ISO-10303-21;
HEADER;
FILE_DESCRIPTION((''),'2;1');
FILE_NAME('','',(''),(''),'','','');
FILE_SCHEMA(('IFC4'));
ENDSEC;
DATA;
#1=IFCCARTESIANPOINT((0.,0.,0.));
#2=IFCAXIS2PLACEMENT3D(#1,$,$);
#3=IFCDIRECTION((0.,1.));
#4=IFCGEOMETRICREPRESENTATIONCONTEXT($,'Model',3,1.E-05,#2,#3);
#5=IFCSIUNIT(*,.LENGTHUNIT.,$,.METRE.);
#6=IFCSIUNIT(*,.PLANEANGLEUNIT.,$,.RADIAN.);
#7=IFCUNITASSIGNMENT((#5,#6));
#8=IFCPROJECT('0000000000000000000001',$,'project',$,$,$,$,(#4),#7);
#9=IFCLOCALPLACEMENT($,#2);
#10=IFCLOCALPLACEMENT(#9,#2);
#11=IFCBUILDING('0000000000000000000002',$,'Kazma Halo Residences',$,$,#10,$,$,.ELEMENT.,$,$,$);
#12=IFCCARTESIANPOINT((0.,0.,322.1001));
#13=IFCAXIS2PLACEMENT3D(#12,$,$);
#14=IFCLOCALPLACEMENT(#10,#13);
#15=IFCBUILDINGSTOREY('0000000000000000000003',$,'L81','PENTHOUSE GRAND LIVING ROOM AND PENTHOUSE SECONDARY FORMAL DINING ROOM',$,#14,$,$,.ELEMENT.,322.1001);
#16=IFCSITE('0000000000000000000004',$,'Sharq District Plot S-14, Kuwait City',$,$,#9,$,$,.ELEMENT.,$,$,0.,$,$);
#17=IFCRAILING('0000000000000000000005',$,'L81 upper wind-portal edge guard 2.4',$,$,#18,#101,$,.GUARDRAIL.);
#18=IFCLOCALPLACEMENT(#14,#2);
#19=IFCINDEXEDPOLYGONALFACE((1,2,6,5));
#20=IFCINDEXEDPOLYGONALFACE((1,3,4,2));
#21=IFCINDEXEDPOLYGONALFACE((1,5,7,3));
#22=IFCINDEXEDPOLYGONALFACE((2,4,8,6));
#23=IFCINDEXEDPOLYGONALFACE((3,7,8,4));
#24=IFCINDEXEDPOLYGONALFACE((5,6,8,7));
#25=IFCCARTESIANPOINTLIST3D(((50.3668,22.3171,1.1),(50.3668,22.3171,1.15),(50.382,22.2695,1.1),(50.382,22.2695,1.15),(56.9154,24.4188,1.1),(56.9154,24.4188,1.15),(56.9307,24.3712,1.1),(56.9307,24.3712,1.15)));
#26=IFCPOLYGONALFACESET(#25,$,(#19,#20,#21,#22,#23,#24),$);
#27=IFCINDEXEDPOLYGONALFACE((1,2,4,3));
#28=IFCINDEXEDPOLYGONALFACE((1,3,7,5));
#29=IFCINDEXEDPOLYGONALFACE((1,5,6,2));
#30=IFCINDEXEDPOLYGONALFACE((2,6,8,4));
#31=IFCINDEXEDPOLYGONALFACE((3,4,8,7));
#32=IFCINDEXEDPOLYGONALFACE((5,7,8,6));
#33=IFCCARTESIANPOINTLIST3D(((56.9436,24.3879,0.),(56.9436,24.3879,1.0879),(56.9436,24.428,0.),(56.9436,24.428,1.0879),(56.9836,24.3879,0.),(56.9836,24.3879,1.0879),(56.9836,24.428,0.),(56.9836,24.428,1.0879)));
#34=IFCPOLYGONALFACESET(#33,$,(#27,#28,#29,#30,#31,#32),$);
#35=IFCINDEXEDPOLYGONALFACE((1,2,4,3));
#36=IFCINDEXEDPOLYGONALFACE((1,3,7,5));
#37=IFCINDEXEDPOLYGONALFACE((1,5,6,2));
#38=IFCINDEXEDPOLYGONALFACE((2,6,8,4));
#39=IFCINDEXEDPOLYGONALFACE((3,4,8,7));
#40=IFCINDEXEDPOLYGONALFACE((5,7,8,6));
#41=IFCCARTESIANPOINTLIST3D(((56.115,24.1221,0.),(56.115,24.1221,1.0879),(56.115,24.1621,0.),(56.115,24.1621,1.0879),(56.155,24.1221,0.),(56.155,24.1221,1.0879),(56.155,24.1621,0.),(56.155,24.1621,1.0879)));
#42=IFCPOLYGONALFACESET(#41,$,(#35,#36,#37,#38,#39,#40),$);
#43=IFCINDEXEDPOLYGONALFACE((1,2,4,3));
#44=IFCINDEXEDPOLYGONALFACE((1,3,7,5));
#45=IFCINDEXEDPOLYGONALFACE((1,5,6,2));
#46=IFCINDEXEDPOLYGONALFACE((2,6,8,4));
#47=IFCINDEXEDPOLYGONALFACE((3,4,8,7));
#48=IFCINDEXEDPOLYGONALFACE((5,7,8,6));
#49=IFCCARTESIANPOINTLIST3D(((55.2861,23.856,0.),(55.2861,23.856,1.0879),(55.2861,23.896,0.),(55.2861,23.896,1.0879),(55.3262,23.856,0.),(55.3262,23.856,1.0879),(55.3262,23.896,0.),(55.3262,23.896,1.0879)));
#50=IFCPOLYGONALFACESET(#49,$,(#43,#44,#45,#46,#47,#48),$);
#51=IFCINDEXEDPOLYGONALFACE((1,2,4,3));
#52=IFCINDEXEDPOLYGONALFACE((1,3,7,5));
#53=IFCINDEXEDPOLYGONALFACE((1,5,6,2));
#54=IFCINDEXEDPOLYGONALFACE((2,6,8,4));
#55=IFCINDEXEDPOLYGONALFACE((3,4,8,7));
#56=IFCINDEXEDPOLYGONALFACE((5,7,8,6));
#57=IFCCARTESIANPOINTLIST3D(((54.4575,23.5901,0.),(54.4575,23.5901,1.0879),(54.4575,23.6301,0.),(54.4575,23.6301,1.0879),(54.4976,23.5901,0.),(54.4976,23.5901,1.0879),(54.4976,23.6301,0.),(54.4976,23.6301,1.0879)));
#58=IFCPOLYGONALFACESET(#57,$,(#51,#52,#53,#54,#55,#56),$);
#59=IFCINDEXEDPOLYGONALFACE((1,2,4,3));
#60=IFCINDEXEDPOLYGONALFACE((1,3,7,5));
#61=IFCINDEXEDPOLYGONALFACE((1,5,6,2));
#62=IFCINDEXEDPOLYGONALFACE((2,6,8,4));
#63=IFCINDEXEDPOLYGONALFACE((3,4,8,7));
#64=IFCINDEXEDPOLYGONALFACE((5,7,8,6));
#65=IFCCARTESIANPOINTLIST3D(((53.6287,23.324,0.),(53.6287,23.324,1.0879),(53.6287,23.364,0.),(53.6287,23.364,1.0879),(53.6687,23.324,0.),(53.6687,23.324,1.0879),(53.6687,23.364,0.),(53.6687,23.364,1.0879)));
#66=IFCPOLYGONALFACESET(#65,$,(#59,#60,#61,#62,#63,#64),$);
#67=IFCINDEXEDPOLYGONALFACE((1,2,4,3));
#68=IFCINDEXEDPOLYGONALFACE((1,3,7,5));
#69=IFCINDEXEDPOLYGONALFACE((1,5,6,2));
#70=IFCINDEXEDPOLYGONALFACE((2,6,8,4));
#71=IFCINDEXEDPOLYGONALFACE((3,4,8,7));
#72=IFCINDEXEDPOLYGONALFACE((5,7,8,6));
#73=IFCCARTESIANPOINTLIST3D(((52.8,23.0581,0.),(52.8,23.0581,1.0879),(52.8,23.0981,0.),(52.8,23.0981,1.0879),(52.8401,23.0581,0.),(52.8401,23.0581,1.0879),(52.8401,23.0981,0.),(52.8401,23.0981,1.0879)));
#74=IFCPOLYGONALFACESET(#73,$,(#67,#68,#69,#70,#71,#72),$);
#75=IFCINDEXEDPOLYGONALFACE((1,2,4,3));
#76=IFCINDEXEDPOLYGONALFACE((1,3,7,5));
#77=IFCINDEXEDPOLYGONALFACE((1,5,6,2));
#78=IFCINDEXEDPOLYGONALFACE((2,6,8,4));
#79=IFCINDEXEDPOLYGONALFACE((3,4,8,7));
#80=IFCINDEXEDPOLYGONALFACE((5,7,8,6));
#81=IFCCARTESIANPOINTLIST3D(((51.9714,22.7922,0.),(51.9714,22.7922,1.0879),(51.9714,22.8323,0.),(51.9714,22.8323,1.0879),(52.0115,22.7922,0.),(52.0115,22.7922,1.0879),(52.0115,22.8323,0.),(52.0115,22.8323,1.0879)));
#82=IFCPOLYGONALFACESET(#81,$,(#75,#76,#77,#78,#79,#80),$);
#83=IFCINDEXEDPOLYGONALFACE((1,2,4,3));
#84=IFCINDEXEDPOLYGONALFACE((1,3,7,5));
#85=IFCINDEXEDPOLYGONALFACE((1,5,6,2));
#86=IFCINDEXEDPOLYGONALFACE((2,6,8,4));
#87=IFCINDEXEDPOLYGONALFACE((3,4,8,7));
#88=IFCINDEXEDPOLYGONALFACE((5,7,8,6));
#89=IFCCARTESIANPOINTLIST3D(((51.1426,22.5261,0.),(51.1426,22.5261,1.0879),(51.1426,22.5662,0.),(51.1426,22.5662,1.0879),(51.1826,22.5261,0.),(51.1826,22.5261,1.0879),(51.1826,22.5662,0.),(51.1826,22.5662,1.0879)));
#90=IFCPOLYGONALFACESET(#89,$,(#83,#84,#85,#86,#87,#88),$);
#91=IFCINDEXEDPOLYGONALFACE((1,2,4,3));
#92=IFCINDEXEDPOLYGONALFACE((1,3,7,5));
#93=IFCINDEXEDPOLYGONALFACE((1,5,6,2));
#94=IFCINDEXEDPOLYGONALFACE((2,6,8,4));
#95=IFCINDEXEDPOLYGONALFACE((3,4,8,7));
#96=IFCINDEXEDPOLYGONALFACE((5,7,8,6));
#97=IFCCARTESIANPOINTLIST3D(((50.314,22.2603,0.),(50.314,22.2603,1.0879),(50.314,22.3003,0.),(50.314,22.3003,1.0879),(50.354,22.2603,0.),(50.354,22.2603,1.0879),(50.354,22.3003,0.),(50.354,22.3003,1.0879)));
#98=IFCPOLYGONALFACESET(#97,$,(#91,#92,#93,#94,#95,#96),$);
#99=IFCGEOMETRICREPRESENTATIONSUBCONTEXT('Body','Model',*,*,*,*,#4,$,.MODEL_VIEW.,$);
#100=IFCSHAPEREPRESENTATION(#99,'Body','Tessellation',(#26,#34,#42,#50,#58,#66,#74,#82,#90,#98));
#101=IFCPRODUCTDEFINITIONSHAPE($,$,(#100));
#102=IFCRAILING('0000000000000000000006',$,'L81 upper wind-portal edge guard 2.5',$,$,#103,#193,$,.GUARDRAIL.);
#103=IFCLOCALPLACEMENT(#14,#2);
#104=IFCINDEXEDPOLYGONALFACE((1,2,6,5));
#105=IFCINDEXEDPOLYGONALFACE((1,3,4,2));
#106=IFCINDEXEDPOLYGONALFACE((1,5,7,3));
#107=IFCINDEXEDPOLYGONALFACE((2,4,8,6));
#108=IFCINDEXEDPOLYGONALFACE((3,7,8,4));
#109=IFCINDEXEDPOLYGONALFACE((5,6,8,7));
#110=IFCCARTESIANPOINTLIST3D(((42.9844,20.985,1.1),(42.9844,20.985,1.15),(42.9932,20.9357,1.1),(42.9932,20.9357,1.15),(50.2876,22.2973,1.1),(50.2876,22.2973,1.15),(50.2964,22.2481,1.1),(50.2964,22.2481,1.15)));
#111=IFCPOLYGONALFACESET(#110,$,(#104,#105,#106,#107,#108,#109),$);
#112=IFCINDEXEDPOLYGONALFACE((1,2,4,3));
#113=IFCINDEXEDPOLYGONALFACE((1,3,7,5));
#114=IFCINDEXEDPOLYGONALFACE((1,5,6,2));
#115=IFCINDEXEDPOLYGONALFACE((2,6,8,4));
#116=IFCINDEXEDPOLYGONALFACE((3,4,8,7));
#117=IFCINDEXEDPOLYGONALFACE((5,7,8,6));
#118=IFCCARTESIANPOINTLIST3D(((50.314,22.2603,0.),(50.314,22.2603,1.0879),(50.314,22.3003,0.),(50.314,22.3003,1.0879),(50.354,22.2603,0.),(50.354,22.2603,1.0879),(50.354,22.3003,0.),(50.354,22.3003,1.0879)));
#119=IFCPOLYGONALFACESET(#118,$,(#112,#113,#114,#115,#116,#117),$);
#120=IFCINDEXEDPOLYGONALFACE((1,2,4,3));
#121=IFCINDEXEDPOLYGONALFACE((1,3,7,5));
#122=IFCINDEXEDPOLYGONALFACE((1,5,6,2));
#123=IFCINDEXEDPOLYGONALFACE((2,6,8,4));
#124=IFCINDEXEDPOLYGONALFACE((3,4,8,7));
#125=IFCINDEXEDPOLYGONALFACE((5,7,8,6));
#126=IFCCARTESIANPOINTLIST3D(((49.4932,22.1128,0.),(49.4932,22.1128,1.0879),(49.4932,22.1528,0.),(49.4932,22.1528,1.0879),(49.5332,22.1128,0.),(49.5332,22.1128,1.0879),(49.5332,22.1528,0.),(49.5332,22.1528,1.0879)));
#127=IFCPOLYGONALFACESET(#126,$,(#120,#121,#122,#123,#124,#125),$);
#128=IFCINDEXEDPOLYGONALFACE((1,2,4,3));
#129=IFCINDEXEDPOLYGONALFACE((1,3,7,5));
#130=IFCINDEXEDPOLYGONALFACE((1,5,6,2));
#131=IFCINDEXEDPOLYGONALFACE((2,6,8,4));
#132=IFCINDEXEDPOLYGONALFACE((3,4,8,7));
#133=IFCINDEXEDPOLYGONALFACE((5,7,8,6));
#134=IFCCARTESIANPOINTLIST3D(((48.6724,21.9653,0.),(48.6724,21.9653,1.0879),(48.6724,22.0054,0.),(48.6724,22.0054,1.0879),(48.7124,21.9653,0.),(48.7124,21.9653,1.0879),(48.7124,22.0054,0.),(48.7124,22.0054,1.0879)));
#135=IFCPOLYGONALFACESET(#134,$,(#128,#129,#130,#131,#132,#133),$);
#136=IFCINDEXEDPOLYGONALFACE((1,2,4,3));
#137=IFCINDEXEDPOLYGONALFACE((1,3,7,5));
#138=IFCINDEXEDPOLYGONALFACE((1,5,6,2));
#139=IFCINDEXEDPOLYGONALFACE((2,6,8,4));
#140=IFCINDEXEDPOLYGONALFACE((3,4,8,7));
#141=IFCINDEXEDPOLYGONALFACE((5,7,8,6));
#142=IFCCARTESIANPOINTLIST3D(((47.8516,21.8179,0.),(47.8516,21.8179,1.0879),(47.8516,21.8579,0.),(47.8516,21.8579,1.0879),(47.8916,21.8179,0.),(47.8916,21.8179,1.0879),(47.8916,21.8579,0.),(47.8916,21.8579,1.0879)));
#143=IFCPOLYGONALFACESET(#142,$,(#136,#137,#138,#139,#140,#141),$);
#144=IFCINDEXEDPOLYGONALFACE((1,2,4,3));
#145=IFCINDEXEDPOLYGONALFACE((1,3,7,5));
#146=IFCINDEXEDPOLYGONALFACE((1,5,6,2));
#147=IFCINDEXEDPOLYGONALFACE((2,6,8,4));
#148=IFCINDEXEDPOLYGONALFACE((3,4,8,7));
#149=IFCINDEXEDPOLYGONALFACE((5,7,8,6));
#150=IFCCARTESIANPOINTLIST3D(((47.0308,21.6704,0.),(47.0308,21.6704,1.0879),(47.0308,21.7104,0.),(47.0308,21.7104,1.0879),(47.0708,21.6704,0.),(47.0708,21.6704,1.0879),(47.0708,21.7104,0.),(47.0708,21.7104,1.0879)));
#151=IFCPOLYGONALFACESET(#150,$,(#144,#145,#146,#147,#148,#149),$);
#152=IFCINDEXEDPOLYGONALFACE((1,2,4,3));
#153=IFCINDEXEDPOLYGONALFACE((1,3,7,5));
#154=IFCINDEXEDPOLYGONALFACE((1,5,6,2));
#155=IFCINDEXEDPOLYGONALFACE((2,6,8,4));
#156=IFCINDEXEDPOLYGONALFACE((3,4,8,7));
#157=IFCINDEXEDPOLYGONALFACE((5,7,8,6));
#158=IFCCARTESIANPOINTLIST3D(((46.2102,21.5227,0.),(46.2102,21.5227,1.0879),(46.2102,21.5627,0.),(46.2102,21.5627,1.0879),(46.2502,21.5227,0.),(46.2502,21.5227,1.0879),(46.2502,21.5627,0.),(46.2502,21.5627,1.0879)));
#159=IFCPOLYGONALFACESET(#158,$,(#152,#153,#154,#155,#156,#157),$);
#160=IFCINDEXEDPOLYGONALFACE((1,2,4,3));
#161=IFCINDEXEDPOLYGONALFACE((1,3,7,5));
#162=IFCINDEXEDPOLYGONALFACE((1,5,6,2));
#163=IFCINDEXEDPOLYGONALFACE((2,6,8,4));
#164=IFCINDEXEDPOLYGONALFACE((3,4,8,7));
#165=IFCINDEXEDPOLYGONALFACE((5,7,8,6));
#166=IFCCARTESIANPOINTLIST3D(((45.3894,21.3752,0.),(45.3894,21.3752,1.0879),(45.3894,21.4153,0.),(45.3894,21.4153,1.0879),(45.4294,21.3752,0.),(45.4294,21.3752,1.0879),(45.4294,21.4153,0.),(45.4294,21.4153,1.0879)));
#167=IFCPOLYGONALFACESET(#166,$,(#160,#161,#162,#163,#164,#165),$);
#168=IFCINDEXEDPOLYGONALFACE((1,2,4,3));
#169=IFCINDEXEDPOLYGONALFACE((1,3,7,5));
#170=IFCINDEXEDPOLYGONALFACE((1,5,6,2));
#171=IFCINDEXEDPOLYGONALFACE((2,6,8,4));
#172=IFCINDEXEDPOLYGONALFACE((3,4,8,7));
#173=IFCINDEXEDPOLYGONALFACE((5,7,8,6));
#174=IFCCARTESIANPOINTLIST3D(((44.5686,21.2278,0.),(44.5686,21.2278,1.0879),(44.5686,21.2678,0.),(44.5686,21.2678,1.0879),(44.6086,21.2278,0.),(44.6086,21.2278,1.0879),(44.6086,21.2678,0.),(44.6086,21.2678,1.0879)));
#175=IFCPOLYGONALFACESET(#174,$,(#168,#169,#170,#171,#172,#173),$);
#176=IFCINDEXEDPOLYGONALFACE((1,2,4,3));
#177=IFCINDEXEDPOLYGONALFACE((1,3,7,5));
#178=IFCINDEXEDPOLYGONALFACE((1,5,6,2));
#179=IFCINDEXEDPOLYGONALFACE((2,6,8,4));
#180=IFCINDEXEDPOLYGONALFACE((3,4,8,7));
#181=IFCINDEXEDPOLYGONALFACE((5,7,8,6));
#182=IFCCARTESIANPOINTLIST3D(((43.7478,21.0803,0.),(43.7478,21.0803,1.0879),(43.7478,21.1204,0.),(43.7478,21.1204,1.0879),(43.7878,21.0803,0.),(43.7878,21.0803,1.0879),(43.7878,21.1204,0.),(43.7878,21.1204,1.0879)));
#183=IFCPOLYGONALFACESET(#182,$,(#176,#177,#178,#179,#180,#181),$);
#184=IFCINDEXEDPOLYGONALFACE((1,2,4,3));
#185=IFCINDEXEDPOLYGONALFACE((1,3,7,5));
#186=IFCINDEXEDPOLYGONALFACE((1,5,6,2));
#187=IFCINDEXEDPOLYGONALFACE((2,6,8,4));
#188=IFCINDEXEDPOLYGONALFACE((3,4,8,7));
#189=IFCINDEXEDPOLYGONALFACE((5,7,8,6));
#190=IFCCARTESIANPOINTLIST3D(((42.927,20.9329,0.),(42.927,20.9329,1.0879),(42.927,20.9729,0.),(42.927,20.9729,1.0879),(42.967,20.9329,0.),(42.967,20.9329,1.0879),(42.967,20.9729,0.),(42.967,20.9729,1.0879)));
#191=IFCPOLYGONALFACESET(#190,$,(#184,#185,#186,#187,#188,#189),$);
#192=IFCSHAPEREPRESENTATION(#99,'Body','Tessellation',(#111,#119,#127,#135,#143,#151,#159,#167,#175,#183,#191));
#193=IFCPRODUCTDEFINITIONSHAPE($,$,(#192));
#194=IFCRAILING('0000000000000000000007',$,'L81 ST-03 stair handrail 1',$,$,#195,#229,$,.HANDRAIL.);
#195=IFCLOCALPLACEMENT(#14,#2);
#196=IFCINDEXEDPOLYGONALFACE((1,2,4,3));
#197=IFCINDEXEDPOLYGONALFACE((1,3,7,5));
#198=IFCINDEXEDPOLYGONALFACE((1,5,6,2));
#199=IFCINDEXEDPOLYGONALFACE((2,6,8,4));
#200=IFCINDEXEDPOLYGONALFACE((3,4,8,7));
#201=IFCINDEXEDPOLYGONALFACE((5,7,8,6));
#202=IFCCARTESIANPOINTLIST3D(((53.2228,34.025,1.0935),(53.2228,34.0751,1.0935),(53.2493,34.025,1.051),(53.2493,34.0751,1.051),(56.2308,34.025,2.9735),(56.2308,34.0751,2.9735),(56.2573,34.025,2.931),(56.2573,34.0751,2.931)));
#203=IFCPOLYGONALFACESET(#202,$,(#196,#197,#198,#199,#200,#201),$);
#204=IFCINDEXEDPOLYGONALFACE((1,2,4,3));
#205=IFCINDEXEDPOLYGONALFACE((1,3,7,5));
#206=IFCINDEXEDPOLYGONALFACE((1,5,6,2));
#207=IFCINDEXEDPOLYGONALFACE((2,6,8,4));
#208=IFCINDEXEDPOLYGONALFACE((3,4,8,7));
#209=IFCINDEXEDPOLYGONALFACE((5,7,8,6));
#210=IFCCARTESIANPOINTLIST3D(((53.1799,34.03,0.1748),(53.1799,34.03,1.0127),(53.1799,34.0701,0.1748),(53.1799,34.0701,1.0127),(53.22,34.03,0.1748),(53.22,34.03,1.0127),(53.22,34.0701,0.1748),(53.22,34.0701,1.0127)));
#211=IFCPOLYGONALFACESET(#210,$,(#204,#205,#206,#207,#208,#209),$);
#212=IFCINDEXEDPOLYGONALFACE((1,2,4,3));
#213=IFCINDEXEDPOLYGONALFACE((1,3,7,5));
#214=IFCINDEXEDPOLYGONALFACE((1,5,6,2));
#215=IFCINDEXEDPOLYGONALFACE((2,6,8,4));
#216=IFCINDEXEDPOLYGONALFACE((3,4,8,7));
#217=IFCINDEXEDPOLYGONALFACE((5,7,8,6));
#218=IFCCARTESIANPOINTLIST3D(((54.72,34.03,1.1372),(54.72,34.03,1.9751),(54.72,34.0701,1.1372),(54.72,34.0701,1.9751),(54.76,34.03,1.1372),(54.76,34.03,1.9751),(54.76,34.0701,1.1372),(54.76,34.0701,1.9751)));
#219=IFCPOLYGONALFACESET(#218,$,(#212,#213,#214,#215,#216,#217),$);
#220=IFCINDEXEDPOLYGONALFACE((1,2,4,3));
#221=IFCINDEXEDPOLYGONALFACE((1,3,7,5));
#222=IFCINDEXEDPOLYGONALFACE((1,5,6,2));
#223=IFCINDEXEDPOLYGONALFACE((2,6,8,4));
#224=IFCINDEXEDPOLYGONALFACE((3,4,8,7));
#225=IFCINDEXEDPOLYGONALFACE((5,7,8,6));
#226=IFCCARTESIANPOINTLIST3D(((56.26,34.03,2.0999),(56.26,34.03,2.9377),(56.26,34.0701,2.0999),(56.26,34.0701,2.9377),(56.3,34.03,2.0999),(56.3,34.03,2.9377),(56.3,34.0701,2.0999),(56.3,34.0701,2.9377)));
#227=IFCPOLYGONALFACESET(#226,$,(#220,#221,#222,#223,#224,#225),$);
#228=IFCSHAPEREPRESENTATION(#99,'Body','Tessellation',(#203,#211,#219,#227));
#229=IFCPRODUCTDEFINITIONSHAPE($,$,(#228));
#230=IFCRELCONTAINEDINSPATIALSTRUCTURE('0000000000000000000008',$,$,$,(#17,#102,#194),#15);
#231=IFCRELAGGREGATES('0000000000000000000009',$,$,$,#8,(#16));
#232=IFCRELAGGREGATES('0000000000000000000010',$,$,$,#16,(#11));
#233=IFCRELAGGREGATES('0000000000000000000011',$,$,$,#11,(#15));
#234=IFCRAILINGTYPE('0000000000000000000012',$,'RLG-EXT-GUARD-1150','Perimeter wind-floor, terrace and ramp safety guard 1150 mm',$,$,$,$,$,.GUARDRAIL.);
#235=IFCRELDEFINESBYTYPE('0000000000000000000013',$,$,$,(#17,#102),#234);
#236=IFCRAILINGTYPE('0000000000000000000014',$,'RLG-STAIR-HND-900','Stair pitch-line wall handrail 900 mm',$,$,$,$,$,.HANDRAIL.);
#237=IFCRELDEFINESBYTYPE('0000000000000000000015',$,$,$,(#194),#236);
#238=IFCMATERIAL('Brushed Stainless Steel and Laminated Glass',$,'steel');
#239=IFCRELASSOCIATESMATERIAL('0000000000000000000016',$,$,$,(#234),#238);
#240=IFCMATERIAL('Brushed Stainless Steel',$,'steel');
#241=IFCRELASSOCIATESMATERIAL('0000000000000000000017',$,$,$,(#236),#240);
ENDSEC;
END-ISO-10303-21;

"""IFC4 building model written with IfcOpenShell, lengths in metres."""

from ifc_helpers import new_model, si_unit, direction, frame, origin, origin_2d, place, context, subcontext, project, spatial, rectangle, extrude, material, type_object, element, save


model = new_model("IFC4")

# Units and contexts
model_context = context("Model", 3, precision=1e-05, world=origin(), true_north=direction((0.0, 1.0)))
body_context = subcontext(model_context, "Body", "Model", "MODEL_VIEW")
ifc_project = project(units=[si_unit("LENGTHUNIT", "METRE"), si_unit("PLANEANGLEUNIT", "RADIAN")], contexts=[model_context])

# Site, building, storey
site_placement = place(None, origin())
site = spatial("IfcSite", under=ifc_project, at=site_placement, Name="Sharq District Plot S-14, Kuwait City", CompositionType="ELEMENT", RefElevation=0.0)
building_placement = place(site_placement, origin())
building = spatial("IfcBuilding", under=site, at=building_placement, Name="Kazma Halo Residences", CompositionType="ELEMENT")
storey_placement = place(building_placement, frame((0.0, 0.0, 322.1001)))
storey = spatial("IfcBuildingStorey", under=building, at=storey_placement, Name="L81", Description="PENTHOUSE GRAND LIVING ROOM AND PENTHOUSE SECONDARY FORMAL DINING ROOM", CompositionType="ELEMENT", Elevation=322.1001)

# Railings
ifc_material_1 = material(Name="Brushed Stainless Steel and Laminated Glass", Category="steel")
railing_type_1 = type_object("IfcRailingType", Name="RLG-EXT-GUARD-1150", Description="Perimeter wind-floor, terrace and ramp safety guard 1150 mm", PredefinedType="GUARDRAIL", material=ifc_material_1)
railing_1_placement = place(storey_placement, frame((56.9636, 24.408, 0.0)))
element("IfcRailing", 1, at=railing_1_placement, inside=storey, type_object=railing_type_1, Name="L81 upper wind-portal edge guard 2.4", PredefinedType="GUARDRAIL", context=body_context, shape_type="SweptSolid", body=[
    extrude(rectangle(XDim=0.05, YDim=0.05, at=origin_2d()), frame((-0.0405, -0.0129, 1.125), z_axis=(-0.952165, -0.305584, 0.0), x_axis=(0.305584, -0.952165, 0.0)), (0.0, 0.0, 1.0), 6.8777),
    extrude(rectangle(XDim=0.04, YDim=0.04, at=origin_2d()), origin(), (0.0, 0.0, 1.0), 1.0879),
    extrude(rectangle(XDim=0.04, YDim=0.04, at=origin_2d()), frame((-0.8286, -0.2659, 0.0)), (0.0, 0.0, 1.0), 1.0879),
    extrude(rectangle(XDim=0.04, YDim=0.04, at=origin_2d()), frame((-1.6575, -0.532, 0.0)), (0.0, 0.0, 1.0), 1.0879),
    extrude(rectangle(XDim=0.04, YDim=0.04, at=origin_2d()), frame((-2.4861, -0.7979, 0.0)), (0.0, 0.0, 1.0), 1.0879),
    extrude(rectangle(XDim=0.04, YDim=0.04, at=origin_2d()), frame((-3.3149, -1.064, 0.0)), (0.0, 0.0, 1.0), 1.0879),
    extrude(rectangle(XDim=0.04, YDim=0.04, at=origin_2d()), frame((-4.1436, -1.3298, 0.0)), (0.0, 0.0, 1.0), 1.0879),
    extrude(rectangle(XDim=0.04, YDim=0.04, at=origin_2d()), frame((-4.9722, -1.5957, 0.0)), (0.0, 0.0, 1.0), 1.0879),
    extrude(rectangle(XDim=0.04, YDim=0.04, at=origin_2d()), frame((-5.801, -1.8618, 0.0)), (0.0, 0.0, 1.0), 1.0879),
    extrude(rectangle(XDim=0.04, YDim=0.04, at=origin_2d()), frame((-6.6296, -2.1277, 0.0)), (0.0, 0.0, 1.0), 1.0879),
])
railing_2_placement = place(storey_placement, frame((50.334, 22.2803, 0.0)))
element("IfcRailing", 2, at=railing_2_placement, inside=storey, type_object=railing_type_1, Name="L81 upper wind-portal edge guard 2.5", PredefinedType="GUARDRAIL", context=body_context, shape_type="SweptSolid", body=[
    extrude(rectangle(XDim=0.05, YDim=0.05, at=origin_2d()), frame((-0.042, -0.0076, 1.125), z_axis=(-0.984236, -0.176861, 0.0), x_axis=(0.176861, -0.984236, 0.0)), (0.0, 0.0, 1.0), 7.4202),
    extrude(rectangle(XDim=0.04, YDim=0.04, at=origin_2d()), origin(), (0.0, 0.0, 1.0), 1.0879),
    extrude(rectangle(XDim=0.04, YDim=0.04, at=origin_2d()), frame((-0.8208, -0.1475, 0.0)), (0.0, 0.0, 1.0), 1.0879),
    extrude(rectangle(XDim=0.04, YDim=0.04, at=origin_2d()), frame((-1.6416, -0.2949, 0.0)), (0.0, 0.0, 1.0), 1.0879),
    extrude(rectangle(XDim=0.04, YDim=0.04, at=origin_2d()), frame((-2.4624, -0.4424, 0.0)), (0.0, 0.0, 1.0), 1.0879),
    extrude(rectangle(XDim=0.04, YDim=0.04, at=origin_2d()), frame((-3.2832, -0.5898, 0.0)), (0.0, 0.0, 1.0), 1.0879),
    extrude(rectangle(XDim=0.04, YDim=0.04, at=origin_2d()), frame((-4.1038, -0.7375, 0.0)), (0.0, 0.0, 1.0), 1.0879),
    extrude(rectangle(XDim=0.04, YDim=0.04, at=origin_2d()), frame((-4.9246, -0.885, 0.0)), (0.0, 0.0, 1.0), 1.0879),
    extrude(rectangle(XDim=0.04, YDim=0.04, at=origin_2d()), frame((-5.7454, -1.0325, 0.0)), (0.0, 0.0, 1.0), 1.0879),
    extrude(rectangle(XDim=0.04, YDim=0.04, at=origin_2d()), frame((-6.5662, -1.1799, 0.0)), (0.0, 0.0, 1.0), 1.0879),
    extrude(rectangle(XDim=0.04, YDim=0.04, at=origin_2d()), frame((-7.387, -1.3274, 0.0)), (0.0, 0.0, 1.0), 1.0879),
])
ifc_material_2 = material(Name="Brushed Stainless Steel", Category="steel")
railing_type_2 = type_object("IfcRailingType", Name="RLG-STAIR-HND-900", Description="Stair pitch-line wall handrail 900 mm", PredefinedType="HANDRAIL", material=ifc_material_2)
railing_3_placement = place(storey_placement, frame((53.2, 34.05, 0.1748)))
element("IfcRailing", 3, at=railing_3_placement, inside=storey, type_object=railing_type_2, Name="L81 ST-03 stair handrail 1", PredefinedType="HANDRAIL", context=body_context, shape_type="SweptSolid", body=[
    extrude(rectangle(XDim=0.05, YDim=0.05, at=origin_2d()), frame((0.0361, 0.0, 0.8975), z_axis=(0.847998, 0.0, 0.529999), x_axis=(0.0, 1.0, 0.0)), (0.0, 0.0, 1.0), 3.5471),
    extrude(rectangle(XDim=0.04, YDim=0.04, at=origin_2d()), origin(), (0.0, 0.0, 1.0), 0.8379),
    extrude(rectangle(XDim=0.04, YDim=0.04, at=origin_2d()), frame((1.54, 0.0, 0.9624)), (0.0, 0.0, 1.0), 0.8379),
    extrude(rectangle(XDim=0.04, YDim=0.04, at=origin_2d()), frame((3.0801, 0.0, 1.925)), (0.0, 0.0, 1.0), 0.8379),
])

save(model, "model.ifc")
